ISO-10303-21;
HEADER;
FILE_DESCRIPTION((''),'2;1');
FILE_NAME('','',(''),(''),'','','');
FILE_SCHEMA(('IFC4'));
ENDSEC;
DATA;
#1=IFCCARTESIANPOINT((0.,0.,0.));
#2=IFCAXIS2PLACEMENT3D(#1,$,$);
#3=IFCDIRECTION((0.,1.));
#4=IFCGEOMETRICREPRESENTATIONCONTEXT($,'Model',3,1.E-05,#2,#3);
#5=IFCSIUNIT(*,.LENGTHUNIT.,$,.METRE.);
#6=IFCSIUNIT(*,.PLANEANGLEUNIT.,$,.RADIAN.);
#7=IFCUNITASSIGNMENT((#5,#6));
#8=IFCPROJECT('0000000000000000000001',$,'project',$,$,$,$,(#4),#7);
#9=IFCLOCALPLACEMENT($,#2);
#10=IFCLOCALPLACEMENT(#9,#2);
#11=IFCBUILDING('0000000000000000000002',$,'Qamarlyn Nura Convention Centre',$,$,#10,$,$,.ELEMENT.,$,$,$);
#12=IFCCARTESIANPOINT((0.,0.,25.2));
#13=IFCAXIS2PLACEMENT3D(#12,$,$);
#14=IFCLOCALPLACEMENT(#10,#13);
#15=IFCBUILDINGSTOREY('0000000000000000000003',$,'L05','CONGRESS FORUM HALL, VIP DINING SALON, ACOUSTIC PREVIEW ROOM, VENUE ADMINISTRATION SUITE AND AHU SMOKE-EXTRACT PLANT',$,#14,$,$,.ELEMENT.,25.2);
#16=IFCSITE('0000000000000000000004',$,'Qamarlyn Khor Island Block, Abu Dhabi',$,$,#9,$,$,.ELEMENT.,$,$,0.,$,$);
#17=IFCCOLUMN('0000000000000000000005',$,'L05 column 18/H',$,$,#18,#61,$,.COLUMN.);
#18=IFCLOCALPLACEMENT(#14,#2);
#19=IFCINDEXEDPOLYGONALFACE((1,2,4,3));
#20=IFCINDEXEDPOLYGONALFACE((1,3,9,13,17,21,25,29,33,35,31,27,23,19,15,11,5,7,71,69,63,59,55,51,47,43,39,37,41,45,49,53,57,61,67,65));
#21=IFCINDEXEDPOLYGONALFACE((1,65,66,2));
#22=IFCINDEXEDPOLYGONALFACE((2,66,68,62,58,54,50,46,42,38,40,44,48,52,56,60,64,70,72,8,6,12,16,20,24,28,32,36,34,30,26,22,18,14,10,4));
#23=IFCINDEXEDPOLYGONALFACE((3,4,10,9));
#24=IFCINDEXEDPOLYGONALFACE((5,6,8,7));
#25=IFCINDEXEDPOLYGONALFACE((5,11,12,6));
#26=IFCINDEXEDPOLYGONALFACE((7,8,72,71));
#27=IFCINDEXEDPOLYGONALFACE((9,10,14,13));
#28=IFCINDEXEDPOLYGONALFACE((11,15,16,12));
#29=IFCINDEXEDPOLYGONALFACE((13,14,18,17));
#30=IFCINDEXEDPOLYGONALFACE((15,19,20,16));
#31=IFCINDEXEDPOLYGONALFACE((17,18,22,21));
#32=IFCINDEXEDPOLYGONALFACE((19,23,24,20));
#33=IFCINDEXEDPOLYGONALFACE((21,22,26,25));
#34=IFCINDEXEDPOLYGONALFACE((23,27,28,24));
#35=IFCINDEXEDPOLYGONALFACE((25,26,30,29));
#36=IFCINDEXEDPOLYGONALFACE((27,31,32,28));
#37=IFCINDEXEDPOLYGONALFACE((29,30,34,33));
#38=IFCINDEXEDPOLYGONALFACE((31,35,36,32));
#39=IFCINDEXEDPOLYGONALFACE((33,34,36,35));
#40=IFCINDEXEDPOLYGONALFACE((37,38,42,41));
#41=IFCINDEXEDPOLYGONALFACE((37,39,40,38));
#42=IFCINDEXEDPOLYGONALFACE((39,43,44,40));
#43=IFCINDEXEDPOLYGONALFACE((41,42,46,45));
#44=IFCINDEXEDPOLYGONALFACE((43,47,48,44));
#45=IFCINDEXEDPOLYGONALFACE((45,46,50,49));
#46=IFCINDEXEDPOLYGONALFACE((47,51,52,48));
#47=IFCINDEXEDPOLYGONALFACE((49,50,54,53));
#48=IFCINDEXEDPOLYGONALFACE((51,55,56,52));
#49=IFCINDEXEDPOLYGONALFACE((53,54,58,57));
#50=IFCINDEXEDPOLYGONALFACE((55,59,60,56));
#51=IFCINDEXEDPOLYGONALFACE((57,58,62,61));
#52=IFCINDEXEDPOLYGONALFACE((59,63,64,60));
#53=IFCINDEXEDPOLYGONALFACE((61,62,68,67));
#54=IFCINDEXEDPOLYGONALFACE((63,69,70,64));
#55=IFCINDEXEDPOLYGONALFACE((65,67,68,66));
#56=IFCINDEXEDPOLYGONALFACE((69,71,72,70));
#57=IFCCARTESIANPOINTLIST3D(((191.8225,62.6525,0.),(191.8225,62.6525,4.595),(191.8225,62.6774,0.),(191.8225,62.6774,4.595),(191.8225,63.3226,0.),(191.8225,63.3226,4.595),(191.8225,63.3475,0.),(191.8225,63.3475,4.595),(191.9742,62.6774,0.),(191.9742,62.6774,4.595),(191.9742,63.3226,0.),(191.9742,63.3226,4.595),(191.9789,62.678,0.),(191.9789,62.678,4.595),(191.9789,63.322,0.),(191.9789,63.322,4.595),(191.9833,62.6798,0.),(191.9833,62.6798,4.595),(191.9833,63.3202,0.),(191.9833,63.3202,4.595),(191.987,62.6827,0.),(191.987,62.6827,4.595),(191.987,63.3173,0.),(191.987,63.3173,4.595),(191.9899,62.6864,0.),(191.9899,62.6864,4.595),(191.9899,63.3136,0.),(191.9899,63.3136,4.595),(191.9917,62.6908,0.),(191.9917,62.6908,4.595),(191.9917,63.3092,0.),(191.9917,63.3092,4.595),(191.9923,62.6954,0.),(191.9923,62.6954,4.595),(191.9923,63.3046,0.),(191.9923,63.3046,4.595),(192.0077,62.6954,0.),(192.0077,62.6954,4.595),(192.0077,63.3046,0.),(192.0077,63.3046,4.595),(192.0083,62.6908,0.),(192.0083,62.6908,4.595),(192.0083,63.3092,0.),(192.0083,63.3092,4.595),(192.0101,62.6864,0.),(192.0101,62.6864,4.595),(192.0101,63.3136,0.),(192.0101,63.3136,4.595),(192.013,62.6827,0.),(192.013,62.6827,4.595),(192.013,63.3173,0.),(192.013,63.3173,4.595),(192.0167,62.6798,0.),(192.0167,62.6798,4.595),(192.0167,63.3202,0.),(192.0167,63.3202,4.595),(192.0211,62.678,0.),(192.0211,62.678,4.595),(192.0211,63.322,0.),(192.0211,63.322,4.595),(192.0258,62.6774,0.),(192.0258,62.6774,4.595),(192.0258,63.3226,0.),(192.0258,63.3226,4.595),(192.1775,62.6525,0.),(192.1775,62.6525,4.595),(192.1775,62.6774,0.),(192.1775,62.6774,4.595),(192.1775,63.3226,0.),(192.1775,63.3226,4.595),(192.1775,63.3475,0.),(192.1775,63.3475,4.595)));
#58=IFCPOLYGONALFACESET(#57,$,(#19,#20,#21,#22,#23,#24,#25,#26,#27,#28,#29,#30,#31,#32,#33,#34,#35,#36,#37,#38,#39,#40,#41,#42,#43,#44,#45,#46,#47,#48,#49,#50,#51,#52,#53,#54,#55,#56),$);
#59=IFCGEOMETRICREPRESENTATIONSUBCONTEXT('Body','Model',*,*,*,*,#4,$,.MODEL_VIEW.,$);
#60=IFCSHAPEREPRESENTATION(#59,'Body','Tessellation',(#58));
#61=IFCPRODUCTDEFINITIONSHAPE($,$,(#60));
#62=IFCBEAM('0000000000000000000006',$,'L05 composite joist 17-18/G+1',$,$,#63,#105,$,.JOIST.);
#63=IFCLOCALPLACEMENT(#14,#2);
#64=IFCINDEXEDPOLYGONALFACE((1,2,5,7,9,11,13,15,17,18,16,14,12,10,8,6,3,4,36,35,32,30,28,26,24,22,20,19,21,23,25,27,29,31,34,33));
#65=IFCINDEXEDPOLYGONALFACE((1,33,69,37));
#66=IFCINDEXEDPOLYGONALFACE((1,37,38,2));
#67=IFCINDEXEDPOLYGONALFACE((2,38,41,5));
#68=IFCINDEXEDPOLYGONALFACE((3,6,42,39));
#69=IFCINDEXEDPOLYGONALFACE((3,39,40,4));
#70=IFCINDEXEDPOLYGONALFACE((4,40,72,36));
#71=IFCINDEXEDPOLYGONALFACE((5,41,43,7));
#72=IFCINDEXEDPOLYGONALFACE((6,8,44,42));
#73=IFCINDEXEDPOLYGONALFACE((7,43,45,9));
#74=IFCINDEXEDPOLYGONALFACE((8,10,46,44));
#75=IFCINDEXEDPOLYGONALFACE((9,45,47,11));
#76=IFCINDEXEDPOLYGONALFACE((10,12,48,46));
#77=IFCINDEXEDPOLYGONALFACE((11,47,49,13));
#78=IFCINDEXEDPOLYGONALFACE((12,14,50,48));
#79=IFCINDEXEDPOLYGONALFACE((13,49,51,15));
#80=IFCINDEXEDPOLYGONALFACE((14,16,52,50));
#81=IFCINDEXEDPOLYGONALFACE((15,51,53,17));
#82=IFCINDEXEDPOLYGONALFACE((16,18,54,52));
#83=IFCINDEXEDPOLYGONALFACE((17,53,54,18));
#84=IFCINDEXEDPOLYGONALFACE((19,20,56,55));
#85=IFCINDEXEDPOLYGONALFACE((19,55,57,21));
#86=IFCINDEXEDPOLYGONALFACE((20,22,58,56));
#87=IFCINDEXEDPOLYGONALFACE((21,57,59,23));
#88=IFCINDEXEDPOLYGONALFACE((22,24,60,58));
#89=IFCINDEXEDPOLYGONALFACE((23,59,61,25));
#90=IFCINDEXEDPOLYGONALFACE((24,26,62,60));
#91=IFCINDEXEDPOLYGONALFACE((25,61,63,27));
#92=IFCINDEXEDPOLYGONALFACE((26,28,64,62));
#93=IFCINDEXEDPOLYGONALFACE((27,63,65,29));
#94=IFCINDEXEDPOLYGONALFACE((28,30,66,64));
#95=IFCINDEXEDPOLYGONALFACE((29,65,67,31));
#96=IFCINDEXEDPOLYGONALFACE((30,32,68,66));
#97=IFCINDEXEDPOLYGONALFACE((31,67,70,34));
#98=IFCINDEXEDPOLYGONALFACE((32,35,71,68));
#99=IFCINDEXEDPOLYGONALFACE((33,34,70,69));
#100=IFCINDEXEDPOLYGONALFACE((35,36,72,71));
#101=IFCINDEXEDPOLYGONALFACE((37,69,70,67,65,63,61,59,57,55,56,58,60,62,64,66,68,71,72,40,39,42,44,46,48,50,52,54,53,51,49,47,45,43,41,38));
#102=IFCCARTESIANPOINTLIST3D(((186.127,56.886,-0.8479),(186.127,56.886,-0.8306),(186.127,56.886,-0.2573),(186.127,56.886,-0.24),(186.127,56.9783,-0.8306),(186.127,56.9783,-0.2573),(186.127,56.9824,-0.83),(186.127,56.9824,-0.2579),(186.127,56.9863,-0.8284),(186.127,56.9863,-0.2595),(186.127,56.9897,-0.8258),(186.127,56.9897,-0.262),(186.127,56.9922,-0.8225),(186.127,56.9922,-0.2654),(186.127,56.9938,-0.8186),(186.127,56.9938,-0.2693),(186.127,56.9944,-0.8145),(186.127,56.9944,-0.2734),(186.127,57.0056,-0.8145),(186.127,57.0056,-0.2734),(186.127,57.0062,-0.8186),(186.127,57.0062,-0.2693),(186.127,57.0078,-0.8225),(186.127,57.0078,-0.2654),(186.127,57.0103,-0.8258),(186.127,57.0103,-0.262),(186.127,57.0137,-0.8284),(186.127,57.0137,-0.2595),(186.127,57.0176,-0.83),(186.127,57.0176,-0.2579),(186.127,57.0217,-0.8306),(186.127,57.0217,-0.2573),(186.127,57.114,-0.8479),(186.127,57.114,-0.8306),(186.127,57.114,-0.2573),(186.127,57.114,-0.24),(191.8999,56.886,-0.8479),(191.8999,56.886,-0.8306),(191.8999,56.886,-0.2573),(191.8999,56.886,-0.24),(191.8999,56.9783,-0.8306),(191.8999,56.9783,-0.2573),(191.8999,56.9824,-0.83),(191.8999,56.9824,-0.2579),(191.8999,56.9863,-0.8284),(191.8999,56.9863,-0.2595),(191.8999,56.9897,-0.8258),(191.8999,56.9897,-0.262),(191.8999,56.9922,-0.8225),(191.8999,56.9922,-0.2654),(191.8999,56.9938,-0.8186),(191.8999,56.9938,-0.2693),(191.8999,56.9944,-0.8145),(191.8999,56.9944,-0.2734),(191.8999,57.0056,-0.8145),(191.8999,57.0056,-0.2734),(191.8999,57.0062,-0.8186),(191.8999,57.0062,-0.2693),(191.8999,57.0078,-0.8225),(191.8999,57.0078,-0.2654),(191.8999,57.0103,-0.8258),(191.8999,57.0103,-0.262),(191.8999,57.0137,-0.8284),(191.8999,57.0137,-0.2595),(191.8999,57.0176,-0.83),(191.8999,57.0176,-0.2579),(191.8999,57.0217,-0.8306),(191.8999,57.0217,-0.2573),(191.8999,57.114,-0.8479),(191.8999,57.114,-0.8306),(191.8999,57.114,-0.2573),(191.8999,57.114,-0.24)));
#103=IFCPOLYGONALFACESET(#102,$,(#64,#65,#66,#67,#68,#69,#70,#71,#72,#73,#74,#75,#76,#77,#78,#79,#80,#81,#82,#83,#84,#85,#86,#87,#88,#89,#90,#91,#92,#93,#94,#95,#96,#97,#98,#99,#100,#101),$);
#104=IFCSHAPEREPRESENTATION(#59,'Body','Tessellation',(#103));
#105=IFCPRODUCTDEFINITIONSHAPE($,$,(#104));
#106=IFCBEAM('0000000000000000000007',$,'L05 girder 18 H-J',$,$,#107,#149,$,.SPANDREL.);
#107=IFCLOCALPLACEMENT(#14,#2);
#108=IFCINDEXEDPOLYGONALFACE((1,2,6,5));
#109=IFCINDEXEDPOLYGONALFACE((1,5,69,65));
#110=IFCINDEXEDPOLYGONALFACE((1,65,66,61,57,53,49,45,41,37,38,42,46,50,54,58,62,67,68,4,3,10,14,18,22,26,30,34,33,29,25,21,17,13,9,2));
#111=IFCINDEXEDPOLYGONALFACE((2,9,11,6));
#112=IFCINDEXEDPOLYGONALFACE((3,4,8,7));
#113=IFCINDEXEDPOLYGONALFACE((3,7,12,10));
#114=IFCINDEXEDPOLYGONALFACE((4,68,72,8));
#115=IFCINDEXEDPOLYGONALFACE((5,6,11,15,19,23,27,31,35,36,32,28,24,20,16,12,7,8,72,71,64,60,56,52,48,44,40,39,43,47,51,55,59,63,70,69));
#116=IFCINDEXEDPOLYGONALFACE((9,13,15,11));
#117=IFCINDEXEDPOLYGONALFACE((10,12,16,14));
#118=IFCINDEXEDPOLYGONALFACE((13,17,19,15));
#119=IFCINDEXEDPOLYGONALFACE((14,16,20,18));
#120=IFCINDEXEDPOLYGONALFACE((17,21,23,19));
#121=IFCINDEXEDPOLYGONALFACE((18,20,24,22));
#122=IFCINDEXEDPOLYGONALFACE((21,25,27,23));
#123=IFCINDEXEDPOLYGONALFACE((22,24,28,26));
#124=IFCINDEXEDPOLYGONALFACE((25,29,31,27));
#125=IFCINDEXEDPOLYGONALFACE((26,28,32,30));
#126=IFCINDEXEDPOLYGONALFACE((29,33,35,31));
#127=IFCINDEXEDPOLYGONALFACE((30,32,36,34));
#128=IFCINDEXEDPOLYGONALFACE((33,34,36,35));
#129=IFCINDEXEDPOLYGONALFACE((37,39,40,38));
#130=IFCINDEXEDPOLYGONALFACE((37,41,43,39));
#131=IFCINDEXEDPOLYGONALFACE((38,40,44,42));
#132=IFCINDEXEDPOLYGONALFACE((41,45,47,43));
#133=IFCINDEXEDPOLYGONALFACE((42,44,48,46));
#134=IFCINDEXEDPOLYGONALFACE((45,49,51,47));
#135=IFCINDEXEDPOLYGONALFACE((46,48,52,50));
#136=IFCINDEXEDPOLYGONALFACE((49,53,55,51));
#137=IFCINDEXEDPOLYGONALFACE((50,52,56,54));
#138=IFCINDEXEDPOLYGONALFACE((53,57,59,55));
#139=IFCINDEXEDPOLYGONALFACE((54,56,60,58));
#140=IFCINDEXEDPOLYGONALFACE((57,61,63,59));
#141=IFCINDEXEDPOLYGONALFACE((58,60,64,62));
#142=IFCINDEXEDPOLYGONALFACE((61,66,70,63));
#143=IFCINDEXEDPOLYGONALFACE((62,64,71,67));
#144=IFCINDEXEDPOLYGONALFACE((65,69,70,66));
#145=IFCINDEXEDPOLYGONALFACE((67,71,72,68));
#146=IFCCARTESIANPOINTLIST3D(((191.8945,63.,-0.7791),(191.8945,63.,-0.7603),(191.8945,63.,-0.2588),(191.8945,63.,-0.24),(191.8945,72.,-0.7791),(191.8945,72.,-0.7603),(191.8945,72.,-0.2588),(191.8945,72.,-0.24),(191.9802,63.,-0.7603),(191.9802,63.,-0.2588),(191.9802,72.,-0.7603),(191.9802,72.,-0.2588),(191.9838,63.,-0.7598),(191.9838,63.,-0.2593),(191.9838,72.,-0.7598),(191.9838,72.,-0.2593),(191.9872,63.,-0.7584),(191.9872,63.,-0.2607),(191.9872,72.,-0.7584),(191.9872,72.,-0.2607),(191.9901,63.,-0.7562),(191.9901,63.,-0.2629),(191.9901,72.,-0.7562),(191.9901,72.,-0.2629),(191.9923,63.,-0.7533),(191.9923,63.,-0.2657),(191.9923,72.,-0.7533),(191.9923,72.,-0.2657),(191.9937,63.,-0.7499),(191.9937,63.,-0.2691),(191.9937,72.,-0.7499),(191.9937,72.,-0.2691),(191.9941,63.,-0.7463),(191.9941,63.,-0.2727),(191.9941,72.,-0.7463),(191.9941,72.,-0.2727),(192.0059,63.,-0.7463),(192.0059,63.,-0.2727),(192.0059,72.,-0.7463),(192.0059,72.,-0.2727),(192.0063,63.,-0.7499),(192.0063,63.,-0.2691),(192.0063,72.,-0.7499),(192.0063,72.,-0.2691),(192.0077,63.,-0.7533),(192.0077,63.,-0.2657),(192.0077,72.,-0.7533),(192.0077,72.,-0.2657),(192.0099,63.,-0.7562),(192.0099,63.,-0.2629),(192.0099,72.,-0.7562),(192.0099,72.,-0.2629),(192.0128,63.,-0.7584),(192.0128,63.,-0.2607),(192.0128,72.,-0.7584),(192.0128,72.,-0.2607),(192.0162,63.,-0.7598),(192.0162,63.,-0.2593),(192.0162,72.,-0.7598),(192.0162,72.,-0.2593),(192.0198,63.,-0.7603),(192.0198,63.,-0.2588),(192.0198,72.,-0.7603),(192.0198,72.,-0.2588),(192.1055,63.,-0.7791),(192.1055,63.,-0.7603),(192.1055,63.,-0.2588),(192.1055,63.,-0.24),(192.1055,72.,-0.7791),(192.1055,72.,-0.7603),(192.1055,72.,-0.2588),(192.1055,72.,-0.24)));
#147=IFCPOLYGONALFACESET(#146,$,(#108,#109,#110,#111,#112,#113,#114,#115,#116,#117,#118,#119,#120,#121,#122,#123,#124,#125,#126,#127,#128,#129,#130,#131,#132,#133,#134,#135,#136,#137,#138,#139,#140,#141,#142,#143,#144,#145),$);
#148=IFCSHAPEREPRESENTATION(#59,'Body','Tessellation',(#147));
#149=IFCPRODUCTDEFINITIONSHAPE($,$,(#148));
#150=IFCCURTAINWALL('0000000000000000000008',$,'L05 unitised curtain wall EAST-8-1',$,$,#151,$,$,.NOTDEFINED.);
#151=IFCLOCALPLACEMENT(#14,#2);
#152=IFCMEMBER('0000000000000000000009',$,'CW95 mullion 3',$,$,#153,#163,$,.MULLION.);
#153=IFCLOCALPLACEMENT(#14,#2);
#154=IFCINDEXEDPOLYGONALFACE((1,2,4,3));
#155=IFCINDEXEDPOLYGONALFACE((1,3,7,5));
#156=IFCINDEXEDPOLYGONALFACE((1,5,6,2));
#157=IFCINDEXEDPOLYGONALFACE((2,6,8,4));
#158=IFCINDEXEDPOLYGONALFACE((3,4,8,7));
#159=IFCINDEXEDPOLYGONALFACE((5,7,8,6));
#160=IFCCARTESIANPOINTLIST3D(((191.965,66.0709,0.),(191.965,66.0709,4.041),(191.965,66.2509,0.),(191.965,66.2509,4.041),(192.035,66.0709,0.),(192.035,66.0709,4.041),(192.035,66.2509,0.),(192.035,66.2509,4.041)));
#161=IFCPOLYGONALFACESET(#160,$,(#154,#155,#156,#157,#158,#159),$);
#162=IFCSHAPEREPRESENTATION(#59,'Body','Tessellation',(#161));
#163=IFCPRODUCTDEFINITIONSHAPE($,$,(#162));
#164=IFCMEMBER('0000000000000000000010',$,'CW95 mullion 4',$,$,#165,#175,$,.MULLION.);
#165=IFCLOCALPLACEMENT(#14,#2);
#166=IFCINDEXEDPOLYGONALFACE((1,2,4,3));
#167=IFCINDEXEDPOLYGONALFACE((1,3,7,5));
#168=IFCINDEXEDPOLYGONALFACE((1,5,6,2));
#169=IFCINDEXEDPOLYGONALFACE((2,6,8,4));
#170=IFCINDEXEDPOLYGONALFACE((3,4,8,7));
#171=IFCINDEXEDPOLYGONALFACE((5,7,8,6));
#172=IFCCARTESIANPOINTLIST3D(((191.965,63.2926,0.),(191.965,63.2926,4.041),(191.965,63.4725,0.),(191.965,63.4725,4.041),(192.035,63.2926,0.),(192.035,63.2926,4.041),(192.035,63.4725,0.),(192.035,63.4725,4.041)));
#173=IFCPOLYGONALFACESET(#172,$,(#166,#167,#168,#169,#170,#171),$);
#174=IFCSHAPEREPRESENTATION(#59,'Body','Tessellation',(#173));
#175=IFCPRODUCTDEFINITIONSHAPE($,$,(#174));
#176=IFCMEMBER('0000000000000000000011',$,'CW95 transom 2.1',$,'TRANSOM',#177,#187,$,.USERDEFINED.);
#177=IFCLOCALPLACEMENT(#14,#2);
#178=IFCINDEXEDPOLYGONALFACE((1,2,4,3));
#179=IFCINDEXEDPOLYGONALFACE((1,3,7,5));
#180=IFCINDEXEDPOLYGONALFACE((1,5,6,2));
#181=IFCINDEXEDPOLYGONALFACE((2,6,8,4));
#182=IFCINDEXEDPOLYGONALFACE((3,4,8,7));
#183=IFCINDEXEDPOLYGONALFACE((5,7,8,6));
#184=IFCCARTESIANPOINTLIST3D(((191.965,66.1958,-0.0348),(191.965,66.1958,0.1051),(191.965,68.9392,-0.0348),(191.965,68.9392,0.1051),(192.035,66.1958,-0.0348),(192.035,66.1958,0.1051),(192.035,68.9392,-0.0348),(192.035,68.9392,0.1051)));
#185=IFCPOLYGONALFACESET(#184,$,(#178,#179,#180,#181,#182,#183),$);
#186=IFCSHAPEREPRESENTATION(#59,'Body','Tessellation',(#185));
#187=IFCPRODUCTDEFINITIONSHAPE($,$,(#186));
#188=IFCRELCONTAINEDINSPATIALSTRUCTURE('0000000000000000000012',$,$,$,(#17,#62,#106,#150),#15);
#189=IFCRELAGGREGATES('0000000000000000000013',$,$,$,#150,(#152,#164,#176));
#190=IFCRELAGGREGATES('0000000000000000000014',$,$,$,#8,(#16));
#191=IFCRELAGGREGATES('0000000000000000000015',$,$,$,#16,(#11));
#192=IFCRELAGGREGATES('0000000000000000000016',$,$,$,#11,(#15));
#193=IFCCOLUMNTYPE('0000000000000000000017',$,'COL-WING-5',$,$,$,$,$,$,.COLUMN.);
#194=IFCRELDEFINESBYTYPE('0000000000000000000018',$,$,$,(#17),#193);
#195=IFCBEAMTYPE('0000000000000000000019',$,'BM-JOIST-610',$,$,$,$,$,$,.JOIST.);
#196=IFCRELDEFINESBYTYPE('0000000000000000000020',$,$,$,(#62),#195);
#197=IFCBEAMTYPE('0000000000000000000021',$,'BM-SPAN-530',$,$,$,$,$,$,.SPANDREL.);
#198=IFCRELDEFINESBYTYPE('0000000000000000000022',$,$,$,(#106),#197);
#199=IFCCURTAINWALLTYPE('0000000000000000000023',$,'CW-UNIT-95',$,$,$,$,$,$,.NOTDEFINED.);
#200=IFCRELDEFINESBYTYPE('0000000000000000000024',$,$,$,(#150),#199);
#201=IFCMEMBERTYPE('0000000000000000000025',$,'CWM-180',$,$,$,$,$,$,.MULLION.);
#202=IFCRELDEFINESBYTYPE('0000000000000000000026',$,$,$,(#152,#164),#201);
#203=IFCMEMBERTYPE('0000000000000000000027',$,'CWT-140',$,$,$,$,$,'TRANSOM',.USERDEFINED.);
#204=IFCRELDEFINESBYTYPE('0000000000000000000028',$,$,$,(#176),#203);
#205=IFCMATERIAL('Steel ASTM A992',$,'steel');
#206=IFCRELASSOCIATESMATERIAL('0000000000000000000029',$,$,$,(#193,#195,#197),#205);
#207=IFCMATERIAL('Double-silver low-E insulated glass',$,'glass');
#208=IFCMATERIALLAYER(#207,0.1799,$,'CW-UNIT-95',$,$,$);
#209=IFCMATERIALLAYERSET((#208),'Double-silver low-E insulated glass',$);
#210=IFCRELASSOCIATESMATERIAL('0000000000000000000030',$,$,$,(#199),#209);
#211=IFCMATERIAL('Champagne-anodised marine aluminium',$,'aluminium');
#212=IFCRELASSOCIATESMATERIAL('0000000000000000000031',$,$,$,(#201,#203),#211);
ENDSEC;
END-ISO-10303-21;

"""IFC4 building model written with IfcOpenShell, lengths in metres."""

from ifc_helpers import new_model, si_unit, direction, frame, origin, origin_2d, place, context, subcontext, project, spatial, rectangle, i_section, extrude, material, layer, layer_set, material_profile, profile_set, type_object, element, aggregate, save


model = new_model("IFC4")

# Units and contexts
model_context = context("Model", 3, precision=1e-05, world=origin(), true_north=direction((0.0, 1.0)))
body_context = subcontext(model_context, "Body", "Model", "MODEL_VIEW")
ifc_project = project(units=[si_unit("LENGTHUNIT", "METRE"), si_unit("PLANEANGLEUNIT", "RADIAN")], contexts=[model_context])

# Site, building, storey
site_placement = place(None, origin())
site = spatial("IfcSite", under=ifc_project, at=site_placement, Name="Qamarlyn Khor Island Block, Abu Dhabi", CompositionType="ELEMENT", RefElevation=0.0)
building_placement = place(site_placement, origin())
building = spatial("IfcBuilding", under=site, at=building_placement, Name="Qamarlyn Nura Convention Centre", CompositionType="ELEMENT")
storey_placement = place(building_placement, frame((0.0, 0.0, 25.2)))
storey = spatial("IfcBuildingStorey", under=building, at=storey_placement, Name="L05", Description="CONGRESS FORUM HALL, VIP DINING SALON, ACOUSTIC PREVIEW ROOM, VENUE ADMINISTRATION SUITE AND AHU SMOKE-EXTRACT PLANT", CompositionType="ELEMENT", Elevation=25.2)

# Column
ifc_material_1 = material(Name="Steel ASTM A992", Category="steel")
ifc_material_profile_1 = material_profile(ifc_material_1, i_section(OverallWidth=0.355, OverallDepth=0.6951, WebThickness=0.0154, FlangeThickness=0.0249, FilletRadius=0.0181, at=origin_2d()), Name="W690X217")
ifc_profile_set_1 = profile_set([ifc_material_profile_1], Name="Steel ASTM A992")
column_type = type_object("IfcColumnType", Name="COL-WING-5", PredefinedType="COLUMN", material=ifc_profile_set_1)
column_placement = place(storey_placement, frame((192.0, 63.0, 0.0), z_axis=(0.0, 0.0, 1.0), x_axis=(1.0, 0.0, 0.0)))
element("IfcColumn", 1, at=column_placement, inside=storey, type_object=column_type, Name="L05 column 18/H", PredefinedType="COLUMN", context=body_context, shape_type="SweptSolid", body=[
    extrude(i_section(OverallWidth=0.355, OverallDepth=0.6951, WebThickness=0.0154, FlangeThickness=0.0249, FilletRadius=0.0181, at=origin_2d()), origin(), (0.0, 0.0, 1.0), 4.595),
])

# Beams
ifc_material_profile_2 = material_profile(ifc_material_1, i_section(OverallWidth=0.228, OverallDepth=0.6079, WebThickness=0.0112, FlangeThickness=0.0173, FilletRadius=0.0161, at=origin_2d()), Name="W610X113")
ifc_profile_set_2 = profile_set([ifc_material_profile_2], Name="Steel ASTM A992")
beam_type_1 = type_object("IfcBeamType", Name="BM-JOIST-610", PredefinedType="JOIST", material=ifc_profile_set_2)
beam_1_placement = place(storey_placement, frame((186.127, 57.0, -0.5439), z_axis=(1.0, 0.0, 0.0), x_axis=(0.0, 1.0, 0.0)))
element("IfcBeam", 2, at=beam_1_placement, inside=storey, type_object=beam_type_1, Name="L05 composite joist 17-18/G+1", PredefinedType="JOIST", context=body_context, shape_type="SweptSolid", body=[
    extrude(i_section(OverallWidth=0.228, OverallDepth=0.6079, WebThickness=0.0112, FlangeThickness=0.0173, FilletRadius=0.0161, at=origin_2d()), origin(), (0.0, 0.0, 1.0), 5.7729),
])
ifc_material_profile_3 = material_profile(ifc_material_1, i_section(OverallWidth=0.2109, OverallDepth=0.5391, WebThickness=0.0117, FlangeThickness=0.0188, FilletRadius=0.0139, at=origin_2d()), Name="W530X109")
ifc_profile_set_3 = profile_set([ifc_material_profile_3], Name="Steel ASTM A992")
beam_type_2 = type_object("IfcBeamType", Name="BM-SPAN-530", PredefinedType="SPANDREL", material=ifc_profile_set_3)
beam_2_placement = place(storey_placement, frame((192.0, 63.0, -0.5095), z_axis=(0.0, 1.0, 0.0), x_axis=(-1.0, 0.0, 0.0)))
element("IfcBeam", 3, at=beam_2_placement, inside=storey, type_object=beam_type_2, Name="L05 girder 18 H-J", PredefinedType="SPANDREL", context=body_context, shape_type="SweptSolid", body=[
    extrude(i_section(OverallWidth=0.2109, OverallDepth=0.5391, WebThickness=0.0117, FlangeThickness=0.0188, FilletRadius=0.0139, at=origin_2d()), origin(), (0.0, 0.0, 1.0), 9.0),
])

# Curtain wall, members
ifc_material_2 = material(Name="Double-silver low-E insulated glass", Category="glass")
ifc_layer_1 = layer(ifc_material_2, 0.1799, Name="CW-UNIT-95")
ifc_layer_set_1 = layer_set([ifc_layer_1], Name="Double-silver low-E insulated glass")
curtain_wall_type = type_object("IfcCurtainWallType", Name="CW-UNIT-95", PredefinedType="NOTDEFINED", material=ifc_layer_set_1)
curtain_wall_placement = place(storey_placement, origin())
curtain_wall = element("IfcCurtainWall", 4, at=curtain_wall_placement, inside=storey, type_object=curtain_wall_type, Name="L05 unitised curtain wall EAST-8-1", PredefinedType="NOTDEFINED")
ifc_material_3 = material(Name="Champagne-anodised marine aluminium", Category="aluminium")
ifc_material_profile_4 = material_profile(ifc_material_3, rectangle(XDim=0.0701, YDim=0.1799, at=origin_2d()), Name="ALU MULLION 70x180")
ifc_profile_set_4 = profile_set([ifc_material_profile_4], Name="Champagne-anodised marine aluminium")
member_type_1 = type_object("IfcMemberType", Name="CWM-180", PredefinedType="MULLION", material=ifc_profile_set_4)
member_1_placement = place(storey_placement, frame((192.0, 66.1609, 0.0), z_axis=(0.0, 0.0, 1.0), x_axis=(1.0, 0.0, 0.0)))
member_1 = element("IfcMember", 5, at=member_1_placement, type_object=member_type_1, Name="CW95 mullion 3", PredefinedType="MULLION", context=body_context, shape_type="SweptSolid", body=[
    extrude(rectangle(XDim=0.0701, YDim=0.1799, at=origin_2d()), origin(), (0.0, 0.0, 1.0), 4.041),
])
member_2_placement = place(storey_placement, frame((192.0, 63.3826, 0.0), z_axis=(0.0, 0.0, 1.0), x_axis=(1.0, 0.0, 0.0)))
member_2 = element("IfcMember", 6, at=member_2_placement, type_object=member_type_1, Name="CW95 mullion 4", PredefinedType="MULLION", context=body_context, shape_type="SweptSolid", body=[
    extrude(rectangle(XDim=0.0701, YDim=0.1799, at=origin_2d()), origin(), (0.0, 0.0, 1.0), 4.041),
])
ifc_material_profile_5 = material_profile(ifc_material_3, rectangle(XDim=0.0701, YDim=0.1399, at=origin_2d()), Name="ALU TRANSOM 70x140")
ifc_profile_set_5 = profile_set([ifc_material_profile_5], Name="Champagne-anodised marine aluminium")
member_type_2 = type_object("IfcMemberType", Name="CWT-140", ElementType="TRANSOM", PredefinedType="USERDEFINED", material=ifc_profile_set_5)
member_3_placement = place(storey_placement, frame((192.0, 68.9392, 0.0352), z_axis=(0.0, -1.0, 0.0), x_axis=(1.0, 0.0, 0.0)))
member_3 = element("IfcMember", 7, at=member_3_placement, type_object=member_type_2, Name="CW95 transom 2.1", ObjectType="TRANSOM", PredefinedType="USERDEFINED", context=body_context, shape_type="SweptSolid", body=[
    extrude(rectangle(XDim=0.0701, YDim=0.1399, at=origin_2d()), origin(), (0.0, 0.0, 1.0), 2.7434),
])
aggregate(curtain_wall, [member_1, member_2, member_3])

save(model, "model.ifc")
